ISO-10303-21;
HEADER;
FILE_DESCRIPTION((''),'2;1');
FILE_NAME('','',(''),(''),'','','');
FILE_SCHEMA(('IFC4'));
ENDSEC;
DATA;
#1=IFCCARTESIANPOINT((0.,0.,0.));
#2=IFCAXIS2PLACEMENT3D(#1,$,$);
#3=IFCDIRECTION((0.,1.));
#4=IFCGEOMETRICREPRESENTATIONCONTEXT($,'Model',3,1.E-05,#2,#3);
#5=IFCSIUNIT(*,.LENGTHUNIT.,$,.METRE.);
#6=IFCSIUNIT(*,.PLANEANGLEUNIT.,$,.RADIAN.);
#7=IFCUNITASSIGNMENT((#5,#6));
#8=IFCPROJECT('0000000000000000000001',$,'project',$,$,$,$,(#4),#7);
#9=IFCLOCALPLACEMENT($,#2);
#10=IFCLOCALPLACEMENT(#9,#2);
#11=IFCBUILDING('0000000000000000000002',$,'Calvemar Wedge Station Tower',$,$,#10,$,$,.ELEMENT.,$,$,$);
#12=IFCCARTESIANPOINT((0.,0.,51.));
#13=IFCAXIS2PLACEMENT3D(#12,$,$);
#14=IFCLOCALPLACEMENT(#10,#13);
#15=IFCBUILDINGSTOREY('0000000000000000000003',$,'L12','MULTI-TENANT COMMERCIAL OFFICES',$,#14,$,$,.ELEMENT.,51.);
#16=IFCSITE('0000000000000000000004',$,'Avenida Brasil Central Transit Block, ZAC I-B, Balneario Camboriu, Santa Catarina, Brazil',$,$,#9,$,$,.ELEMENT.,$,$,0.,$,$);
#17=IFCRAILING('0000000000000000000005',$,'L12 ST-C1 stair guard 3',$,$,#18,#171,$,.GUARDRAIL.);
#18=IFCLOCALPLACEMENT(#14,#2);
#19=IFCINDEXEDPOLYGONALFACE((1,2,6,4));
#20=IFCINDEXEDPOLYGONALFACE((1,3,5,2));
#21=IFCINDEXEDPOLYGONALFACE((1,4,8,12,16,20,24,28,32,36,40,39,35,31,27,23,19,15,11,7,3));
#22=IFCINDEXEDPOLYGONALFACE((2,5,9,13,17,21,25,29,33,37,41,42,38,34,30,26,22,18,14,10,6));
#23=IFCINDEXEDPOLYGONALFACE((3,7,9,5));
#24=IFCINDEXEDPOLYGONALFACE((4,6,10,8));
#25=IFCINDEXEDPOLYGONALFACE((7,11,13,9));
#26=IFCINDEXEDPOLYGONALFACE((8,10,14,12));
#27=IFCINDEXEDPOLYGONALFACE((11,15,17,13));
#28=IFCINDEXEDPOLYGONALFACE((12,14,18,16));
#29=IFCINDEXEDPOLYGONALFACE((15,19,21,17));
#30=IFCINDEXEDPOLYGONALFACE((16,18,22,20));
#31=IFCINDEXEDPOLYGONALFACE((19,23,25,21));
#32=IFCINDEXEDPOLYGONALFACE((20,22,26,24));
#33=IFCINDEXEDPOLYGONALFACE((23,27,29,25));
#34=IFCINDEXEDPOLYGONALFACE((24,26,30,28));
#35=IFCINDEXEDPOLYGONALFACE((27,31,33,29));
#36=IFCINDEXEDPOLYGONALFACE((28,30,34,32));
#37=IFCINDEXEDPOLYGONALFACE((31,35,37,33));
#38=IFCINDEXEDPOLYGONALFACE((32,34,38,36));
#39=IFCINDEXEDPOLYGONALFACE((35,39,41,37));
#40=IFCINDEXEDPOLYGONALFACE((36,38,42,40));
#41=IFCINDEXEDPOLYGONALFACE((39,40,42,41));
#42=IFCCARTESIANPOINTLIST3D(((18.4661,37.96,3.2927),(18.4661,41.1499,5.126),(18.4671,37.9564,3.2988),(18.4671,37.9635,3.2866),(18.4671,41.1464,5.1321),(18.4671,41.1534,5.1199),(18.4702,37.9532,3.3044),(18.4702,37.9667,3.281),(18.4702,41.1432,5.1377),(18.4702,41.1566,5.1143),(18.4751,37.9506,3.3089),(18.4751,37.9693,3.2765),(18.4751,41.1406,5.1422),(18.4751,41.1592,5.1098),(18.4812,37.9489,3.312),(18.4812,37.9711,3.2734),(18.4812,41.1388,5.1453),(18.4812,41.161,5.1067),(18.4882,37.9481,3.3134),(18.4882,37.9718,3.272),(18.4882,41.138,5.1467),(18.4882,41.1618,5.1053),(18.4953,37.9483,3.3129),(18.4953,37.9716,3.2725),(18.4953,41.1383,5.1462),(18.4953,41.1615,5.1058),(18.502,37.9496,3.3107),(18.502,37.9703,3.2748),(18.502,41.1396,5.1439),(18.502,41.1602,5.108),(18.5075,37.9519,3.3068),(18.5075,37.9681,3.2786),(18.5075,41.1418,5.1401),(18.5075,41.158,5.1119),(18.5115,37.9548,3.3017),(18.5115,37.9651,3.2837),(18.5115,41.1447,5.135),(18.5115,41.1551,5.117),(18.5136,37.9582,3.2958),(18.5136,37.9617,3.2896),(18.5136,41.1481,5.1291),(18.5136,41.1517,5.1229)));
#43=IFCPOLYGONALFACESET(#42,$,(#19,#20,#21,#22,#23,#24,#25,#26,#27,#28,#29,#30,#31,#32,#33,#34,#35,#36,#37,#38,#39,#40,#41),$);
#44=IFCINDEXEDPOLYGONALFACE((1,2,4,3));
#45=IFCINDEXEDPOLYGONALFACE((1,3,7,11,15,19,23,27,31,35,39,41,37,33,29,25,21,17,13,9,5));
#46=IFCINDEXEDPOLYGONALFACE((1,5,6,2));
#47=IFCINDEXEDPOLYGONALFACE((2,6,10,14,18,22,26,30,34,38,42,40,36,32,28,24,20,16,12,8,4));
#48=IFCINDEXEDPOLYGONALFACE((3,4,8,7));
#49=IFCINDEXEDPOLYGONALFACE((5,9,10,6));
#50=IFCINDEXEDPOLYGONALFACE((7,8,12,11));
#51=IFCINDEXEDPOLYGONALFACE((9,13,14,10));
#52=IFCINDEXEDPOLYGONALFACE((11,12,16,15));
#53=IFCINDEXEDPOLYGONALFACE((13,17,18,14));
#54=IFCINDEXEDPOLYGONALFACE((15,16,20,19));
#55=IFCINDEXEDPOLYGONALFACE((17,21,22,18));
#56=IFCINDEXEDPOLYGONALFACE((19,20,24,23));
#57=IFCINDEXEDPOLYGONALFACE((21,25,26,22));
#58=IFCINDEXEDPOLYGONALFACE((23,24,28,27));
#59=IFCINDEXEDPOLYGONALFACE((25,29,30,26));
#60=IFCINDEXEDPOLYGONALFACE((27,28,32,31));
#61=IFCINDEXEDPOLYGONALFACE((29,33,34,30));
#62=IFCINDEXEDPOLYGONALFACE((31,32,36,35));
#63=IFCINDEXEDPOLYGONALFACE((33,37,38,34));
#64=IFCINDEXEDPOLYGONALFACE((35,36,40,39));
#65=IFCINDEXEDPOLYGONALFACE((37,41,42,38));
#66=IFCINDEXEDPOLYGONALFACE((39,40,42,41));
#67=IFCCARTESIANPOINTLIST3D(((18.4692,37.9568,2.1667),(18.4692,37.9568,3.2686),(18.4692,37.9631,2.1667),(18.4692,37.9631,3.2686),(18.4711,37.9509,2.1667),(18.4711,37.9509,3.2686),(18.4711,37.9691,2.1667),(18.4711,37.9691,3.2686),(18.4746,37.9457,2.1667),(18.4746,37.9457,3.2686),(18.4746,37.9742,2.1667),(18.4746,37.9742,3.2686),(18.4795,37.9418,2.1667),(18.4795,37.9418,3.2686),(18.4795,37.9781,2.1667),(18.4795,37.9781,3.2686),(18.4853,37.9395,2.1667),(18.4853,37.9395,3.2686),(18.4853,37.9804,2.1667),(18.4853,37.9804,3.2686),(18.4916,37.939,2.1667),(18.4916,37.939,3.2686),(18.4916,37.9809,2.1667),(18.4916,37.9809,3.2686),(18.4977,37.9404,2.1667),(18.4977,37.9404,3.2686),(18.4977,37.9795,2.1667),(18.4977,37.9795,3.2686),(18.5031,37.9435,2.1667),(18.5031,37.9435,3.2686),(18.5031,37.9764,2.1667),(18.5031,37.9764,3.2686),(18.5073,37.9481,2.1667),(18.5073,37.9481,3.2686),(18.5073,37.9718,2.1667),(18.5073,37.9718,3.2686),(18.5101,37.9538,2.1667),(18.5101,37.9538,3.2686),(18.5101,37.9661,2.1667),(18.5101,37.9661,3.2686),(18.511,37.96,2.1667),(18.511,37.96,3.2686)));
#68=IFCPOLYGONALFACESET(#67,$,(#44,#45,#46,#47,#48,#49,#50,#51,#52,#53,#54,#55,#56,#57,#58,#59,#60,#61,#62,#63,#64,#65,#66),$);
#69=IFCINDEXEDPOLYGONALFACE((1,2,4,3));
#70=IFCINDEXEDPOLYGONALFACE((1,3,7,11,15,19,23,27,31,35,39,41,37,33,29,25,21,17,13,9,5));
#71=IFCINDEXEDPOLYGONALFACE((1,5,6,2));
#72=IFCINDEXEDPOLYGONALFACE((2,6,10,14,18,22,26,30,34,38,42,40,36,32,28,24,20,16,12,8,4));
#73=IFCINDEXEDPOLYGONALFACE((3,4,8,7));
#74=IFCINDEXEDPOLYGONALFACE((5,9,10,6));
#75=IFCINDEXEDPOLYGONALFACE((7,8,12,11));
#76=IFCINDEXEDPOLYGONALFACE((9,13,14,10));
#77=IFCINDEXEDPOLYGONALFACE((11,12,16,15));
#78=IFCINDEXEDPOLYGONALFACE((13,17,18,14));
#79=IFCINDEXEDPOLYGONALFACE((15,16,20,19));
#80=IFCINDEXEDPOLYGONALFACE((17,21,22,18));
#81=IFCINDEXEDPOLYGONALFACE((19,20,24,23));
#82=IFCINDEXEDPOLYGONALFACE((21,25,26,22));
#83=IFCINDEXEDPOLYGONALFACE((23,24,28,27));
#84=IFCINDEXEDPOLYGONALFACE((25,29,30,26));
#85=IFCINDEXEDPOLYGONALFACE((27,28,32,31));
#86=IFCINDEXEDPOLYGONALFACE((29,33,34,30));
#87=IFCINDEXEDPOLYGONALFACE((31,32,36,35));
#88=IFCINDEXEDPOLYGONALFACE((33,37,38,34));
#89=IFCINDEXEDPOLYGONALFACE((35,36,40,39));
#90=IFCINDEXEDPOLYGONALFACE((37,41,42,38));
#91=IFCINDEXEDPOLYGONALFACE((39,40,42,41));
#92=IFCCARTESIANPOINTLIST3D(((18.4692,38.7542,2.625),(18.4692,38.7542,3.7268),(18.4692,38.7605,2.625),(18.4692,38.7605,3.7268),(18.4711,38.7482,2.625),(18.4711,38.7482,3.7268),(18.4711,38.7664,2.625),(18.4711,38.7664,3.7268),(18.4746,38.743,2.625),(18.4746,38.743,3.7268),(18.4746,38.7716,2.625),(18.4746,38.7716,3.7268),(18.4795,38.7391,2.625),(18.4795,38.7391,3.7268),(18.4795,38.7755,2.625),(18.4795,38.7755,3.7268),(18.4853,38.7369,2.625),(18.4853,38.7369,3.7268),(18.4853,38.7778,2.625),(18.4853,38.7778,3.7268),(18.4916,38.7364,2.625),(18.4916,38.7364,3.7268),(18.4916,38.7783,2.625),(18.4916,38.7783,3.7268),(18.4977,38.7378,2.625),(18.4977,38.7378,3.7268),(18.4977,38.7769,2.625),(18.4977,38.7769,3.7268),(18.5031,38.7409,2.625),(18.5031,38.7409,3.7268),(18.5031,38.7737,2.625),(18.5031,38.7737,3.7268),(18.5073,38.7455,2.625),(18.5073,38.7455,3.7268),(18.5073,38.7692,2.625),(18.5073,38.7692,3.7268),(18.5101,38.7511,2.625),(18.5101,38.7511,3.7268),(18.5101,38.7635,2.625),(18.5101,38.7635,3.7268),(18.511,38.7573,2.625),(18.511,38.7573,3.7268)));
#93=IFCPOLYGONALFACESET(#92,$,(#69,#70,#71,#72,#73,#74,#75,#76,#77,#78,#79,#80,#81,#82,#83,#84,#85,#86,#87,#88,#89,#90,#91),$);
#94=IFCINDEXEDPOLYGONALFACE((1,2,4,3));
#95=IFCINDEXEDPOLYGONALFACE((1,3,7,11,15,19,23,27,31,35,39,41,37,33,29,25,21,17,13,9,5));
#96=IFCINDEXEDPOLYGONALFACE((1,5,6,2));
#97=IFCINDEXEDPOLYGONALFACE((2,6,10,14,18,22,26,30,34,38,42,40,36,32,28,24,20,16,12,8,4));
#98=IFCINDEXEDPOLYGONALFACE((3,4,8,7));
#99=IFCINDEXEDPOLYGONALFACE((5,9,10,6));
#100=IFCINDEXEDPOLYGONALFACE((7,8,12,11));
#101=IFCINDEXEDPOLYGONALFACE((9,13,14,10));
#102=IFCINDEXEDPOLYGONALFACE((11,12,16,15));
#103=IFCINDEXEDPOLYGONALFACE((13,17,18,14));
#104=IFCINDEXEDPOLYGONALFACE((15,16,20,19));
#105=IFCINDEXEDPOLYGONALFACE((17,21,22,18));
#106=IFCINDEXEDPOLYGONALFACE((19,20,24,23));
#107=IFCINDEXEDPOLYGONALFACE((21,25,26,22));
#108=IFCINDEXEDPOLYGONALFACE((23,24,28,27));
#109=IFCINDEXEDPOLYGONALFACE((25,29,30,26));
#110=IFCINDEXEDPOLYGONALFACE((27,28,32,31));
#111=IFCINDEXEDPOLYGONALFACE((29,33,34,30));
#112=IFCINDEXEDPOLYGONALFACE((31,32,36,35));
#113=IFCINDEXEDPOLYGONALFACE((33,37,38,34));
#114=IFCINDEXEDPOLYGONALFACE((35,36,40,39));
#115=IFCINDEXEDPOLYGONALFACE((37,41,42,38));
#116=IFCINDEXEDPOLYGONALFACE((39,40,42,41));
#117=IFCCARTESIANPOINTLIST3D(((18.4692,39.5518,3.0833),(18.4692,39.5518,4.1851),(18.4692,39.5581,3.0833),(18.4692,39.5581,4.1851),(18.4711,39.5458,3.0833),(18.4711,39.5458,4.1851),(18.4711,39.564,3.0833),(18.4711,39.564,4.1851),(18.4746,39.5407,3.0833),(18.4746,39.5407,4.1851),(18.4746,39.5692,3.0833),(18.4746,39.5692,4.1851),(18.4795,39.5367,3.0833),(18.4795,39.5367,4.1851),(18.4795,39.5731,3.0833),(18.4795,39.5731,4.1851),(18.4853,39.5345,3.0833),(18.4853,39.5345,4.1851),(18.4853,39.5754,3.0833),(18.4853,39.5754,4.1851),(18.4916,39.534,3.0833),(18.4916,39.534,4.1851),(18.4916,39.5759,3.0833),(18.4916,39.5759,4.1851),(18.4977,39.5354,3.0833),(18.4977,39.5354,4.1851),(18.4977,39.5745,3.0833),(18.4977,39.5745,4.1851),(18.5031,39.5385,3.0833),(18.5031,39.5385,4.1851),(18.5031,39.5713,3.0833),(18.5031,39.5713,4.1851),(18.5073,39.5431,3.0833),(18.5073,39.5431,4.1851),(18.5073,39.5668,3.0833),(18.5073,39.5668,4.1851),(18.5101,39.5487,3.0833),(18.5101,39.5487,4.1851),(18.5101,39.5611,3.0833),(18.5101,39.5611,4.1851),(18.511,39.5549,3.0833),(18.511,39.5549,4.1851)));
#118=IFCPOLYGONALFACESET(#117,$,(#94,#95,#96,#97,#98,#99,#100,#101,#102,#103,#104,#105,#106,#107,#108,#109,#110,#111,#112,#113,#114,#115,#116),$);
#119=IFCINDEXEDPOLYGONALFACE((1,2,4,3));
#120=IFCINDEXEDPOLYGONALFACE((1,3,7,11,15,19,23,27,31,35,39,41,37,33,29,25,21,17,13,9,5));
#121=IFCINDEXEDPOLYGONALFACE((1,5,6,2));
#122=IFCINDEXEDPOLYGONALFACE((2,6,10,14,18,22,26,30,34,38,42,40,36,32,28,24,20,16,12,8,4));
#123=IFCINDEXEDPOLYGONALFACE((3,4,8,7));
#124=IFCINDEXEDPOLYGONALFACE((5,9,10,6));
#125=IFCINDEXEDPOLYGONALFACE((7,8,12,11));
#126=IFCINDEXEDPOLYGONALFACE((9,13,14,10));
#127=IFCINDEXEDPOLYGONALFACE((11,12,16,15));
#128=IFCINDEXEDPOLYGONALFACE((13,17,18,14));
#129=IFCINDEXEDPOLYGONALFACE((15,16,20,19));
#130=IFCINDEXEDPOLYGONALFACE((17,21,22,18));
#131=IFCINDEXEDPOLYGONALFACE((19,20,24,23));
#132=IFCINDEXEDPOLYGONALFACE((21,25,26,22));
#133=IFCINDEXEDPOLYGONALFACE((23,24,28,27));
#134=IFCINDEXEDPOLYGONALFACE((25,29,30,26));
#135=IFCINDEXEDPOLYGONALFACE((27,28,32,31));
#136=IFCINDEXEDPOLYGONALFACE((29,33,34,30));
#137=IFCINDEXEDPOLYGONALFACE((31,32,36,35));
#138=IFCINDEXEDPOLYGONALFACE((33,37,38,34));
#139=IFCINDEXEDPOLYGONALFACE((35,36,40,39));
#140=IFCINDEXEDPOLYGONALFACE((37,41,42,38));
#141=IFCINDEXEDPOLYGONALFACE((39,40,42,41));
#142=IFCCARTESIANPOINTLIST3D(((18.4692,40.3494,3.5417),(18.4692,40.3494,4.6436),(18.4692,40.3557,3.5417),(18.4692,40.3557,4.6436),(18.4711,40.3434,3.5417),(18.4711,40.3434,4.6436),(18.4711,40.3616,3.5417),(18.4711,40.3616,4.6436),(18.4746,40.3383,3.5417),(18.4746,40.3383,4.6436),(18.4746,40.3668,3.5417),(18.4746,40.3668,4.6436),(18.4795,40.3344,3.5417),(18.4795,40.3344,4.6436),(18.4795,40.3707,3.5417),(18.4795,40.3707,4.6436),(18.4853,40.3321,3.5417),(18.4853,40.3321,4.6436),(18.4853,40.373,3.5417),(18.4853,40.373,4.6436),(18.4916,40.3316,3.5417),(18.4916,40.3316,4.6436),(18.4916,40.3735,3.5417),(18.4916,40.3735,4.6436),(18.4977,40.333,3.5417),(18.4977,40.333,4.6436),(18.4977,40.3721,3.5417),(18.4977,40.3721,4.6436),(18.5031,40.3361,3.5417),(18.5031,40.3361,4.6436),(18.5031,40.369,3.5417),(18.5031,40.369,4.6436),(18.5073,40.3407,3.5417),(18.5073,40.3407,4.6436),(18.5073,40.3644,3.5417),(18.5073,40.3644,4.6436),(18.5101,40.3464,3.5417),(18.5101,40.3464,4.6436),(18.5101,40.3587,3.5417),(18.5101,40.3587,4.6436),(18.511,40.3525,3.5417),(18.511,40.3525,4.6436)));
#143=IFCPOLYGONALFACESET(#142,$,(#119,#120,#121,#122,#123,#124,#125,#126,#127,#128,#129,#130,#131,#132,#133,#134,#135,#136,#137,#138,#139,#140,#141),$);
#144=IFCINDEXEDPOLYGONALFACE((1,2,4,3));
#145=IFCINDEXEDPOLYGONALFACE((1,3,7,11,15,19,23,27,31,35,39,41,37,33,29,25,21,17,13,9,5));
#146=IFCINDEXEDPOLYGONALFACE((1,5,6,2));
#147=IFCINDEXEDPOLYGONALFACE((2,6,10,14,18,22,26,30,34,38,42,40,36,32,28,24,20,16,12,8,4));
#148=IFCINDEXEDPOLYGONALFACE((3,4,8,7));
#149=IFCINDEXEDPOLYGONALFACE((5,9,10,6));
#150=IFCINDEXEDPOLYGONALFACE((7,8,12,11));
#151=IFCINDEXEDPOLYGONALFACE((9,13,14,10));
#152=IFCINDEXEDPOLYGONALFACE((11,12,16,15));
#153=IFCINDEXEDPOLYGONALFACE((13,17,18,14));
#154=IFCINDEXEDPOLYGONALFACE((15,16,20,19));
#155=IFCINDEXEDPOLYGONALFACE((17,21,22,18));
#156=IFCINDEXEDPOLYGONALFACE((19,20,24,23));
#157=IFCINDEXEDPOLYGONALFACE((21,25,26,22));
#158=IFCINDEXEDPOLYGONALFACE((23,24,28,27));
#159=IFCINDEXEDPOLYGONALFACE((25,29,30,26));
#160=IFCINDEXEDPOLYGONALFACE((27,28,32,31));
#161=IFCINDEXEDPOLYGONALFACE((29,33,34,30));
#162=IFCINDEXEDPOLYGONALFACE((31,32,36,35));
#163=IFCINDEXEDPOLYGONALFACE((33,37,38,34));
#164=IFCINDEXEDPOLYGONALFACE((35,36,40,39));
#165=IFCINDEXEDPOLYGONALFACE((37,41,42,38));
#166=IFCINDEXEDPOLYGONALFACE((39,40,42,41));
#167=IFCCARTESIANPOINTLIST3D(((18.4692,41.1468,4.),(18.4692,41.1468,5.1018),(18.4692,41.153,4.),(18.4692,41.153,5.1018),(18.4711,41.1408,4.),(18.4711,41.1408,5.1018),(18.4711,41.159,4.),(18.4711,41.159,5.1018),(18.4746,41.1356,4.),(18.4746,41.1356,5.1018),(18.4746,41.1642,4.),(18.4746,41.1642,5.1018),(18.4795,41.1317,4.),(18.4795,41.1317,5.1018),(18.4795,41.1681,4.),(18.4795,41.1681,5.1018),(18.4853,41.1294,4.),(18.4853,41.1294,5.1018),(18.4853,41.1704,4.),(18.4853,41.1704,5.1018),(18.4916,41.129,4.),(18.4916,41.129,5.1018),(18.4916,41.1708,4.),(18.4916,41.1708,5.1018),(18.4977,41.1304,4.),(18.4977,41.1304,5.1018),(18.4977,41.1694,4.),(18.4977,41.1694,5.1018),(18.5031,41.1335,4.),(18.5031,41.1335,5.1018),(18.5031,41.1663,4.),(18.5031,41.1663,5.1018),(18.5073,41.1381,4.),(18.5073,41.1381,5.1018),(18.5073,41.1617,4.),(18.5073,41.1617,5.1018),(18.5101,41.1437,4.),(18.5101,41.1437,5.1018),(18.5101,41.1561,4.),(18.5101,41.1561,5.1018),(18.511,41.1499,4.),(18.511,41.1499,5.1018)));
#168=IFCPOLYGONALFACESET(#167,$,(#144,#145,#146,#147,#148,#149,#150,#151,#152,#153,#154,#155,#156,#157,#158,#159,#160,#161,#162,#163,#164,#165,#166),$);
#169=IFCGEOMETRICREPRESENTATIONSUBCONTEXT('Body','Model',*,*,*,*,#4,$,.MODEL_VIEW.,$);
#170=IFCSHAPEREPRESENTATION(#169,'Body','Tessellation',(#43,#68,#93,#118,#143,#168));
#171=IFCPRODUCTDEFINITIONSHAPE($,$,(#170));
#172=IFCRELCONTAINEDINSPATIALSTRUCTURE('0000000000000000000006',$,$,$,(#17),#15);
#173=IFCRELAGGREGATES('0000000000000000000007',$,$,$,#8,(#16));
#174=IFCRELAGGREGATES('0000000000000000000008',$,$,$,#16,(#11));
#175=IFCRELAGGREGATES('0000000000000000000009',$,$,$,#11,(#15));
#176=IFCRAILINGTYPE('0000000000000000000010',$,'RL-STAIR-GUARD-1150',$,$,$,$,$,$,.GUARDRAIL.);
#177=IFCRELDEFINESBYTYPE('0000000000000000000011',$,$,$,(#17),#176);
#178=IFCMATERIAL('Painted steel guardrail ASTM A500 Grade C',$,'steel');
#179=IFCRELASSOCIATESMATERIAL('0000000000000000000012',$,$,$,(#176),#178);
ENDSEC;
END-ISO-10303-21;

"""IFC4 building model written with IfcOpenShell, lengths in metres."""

from ifc_helpers import new_model, si_unit, direction, frame, origin, origin_2d, place, context, subcontext, project, spatial, circle, extrude, material, type_object, element, save


model = new_model("IFC4")

# Units and contexts
model_context = context("Model", 3, precision=1e-05, world=origin(), true_north=direction((0.0, 1.0)))
body_context = subcontext(model_context, "Body", "Model", "MODEL_VIEW")
ifc_project = project(units=[si_unit("LENGTHUNIT", "METRE"), si_unit("PLANEANGLEUNIT", "RADIAN")], contexts=[model_context])

# Site, building, storey
site_placement = place(None, origin())
site = spatial("IfcSite", under=ifc_project, at=site_placement, Name="Avenida Brasil Central Transit Block, ZAC I-B, Balneario Camboriu, Santa Catarina, Brazil", CompositionType="ELEMENT", RefElevation=0.0)
building_placement = place(site_placement, origin())
building = spatial("IfcBuilding", under=site, at=building_placement, Name="Calvemar Wedge Station Tower", CompositionType="ELEMENT")
storey_placement = place(building_placement, frame((0.0, 0.0, 51.0)))
storey = spatial("IfcBuildingStorey", under=building, at=storey_placement, Name="L12", Description="MULTI-TENANT COMMERCIAL OFFICES", CompositionType="ELEMENT", Elevation=51.0)

# Railing
ifc_material_1 = material(Name="Painted steel guardrail ASTM A500 Grade C", Category="steel")
railing_type_1 = type_object("IfcRailingType", Name="RL-STAIR-GUARD-1150", PredefinedType="GUARDRAIL", material=ifc_material_1)
railing_1_placement = place(storey_placement, frame((18.49, 37.96, 2.1667)))
element("IfcRailing", 1, at=railing_1_placement, inside=storey, type_object=railing_type_1, Name="L12 ST-C1 stair guard 3", PredefinedType="GUARDRAIL", context=body_context, shape_type="SweptSolid", body=[
    extrude(circle(Radius=0.0239, at=origin_2d()), frame((0.0, 0.0, 1.126), z_axis=(0.0, 0.86702, 0.498274), x_axis=(-1.0, 0.0, 0.0)), (0.0, 0.0, 1.0), 3.6792),
    extrude(circle(Radius=0.021, at=origin_2d()), origin(), (0.0, 0.0, 1.0), 1.1018),
    extrude(circle(Radius=0.021, at=origin_2d()), frame((0.0, 0.7974, 0.4583)), (0.0, 0.0, 1.0), 1.1018),
    extrude(circle(Radius=0.021, at=origin_2d()), frame((0.0, 1.595, 0.9165)), (0.0, 0.0, 1.0), 1.1018),
    extrude(circle(Radius=0.021, at=origin_2d()), frame((0.0, 2.3926, 1.375)), (0.0, 0.0, 1.0), 1.1018),
    extrude(circle(Radius=0.021, at=origin_2d()), frame((0.0, 3.1899, 1.8333)), (0.0, 0.0, 1.0), 1.1018),
])

save(model, "model.ifc")
